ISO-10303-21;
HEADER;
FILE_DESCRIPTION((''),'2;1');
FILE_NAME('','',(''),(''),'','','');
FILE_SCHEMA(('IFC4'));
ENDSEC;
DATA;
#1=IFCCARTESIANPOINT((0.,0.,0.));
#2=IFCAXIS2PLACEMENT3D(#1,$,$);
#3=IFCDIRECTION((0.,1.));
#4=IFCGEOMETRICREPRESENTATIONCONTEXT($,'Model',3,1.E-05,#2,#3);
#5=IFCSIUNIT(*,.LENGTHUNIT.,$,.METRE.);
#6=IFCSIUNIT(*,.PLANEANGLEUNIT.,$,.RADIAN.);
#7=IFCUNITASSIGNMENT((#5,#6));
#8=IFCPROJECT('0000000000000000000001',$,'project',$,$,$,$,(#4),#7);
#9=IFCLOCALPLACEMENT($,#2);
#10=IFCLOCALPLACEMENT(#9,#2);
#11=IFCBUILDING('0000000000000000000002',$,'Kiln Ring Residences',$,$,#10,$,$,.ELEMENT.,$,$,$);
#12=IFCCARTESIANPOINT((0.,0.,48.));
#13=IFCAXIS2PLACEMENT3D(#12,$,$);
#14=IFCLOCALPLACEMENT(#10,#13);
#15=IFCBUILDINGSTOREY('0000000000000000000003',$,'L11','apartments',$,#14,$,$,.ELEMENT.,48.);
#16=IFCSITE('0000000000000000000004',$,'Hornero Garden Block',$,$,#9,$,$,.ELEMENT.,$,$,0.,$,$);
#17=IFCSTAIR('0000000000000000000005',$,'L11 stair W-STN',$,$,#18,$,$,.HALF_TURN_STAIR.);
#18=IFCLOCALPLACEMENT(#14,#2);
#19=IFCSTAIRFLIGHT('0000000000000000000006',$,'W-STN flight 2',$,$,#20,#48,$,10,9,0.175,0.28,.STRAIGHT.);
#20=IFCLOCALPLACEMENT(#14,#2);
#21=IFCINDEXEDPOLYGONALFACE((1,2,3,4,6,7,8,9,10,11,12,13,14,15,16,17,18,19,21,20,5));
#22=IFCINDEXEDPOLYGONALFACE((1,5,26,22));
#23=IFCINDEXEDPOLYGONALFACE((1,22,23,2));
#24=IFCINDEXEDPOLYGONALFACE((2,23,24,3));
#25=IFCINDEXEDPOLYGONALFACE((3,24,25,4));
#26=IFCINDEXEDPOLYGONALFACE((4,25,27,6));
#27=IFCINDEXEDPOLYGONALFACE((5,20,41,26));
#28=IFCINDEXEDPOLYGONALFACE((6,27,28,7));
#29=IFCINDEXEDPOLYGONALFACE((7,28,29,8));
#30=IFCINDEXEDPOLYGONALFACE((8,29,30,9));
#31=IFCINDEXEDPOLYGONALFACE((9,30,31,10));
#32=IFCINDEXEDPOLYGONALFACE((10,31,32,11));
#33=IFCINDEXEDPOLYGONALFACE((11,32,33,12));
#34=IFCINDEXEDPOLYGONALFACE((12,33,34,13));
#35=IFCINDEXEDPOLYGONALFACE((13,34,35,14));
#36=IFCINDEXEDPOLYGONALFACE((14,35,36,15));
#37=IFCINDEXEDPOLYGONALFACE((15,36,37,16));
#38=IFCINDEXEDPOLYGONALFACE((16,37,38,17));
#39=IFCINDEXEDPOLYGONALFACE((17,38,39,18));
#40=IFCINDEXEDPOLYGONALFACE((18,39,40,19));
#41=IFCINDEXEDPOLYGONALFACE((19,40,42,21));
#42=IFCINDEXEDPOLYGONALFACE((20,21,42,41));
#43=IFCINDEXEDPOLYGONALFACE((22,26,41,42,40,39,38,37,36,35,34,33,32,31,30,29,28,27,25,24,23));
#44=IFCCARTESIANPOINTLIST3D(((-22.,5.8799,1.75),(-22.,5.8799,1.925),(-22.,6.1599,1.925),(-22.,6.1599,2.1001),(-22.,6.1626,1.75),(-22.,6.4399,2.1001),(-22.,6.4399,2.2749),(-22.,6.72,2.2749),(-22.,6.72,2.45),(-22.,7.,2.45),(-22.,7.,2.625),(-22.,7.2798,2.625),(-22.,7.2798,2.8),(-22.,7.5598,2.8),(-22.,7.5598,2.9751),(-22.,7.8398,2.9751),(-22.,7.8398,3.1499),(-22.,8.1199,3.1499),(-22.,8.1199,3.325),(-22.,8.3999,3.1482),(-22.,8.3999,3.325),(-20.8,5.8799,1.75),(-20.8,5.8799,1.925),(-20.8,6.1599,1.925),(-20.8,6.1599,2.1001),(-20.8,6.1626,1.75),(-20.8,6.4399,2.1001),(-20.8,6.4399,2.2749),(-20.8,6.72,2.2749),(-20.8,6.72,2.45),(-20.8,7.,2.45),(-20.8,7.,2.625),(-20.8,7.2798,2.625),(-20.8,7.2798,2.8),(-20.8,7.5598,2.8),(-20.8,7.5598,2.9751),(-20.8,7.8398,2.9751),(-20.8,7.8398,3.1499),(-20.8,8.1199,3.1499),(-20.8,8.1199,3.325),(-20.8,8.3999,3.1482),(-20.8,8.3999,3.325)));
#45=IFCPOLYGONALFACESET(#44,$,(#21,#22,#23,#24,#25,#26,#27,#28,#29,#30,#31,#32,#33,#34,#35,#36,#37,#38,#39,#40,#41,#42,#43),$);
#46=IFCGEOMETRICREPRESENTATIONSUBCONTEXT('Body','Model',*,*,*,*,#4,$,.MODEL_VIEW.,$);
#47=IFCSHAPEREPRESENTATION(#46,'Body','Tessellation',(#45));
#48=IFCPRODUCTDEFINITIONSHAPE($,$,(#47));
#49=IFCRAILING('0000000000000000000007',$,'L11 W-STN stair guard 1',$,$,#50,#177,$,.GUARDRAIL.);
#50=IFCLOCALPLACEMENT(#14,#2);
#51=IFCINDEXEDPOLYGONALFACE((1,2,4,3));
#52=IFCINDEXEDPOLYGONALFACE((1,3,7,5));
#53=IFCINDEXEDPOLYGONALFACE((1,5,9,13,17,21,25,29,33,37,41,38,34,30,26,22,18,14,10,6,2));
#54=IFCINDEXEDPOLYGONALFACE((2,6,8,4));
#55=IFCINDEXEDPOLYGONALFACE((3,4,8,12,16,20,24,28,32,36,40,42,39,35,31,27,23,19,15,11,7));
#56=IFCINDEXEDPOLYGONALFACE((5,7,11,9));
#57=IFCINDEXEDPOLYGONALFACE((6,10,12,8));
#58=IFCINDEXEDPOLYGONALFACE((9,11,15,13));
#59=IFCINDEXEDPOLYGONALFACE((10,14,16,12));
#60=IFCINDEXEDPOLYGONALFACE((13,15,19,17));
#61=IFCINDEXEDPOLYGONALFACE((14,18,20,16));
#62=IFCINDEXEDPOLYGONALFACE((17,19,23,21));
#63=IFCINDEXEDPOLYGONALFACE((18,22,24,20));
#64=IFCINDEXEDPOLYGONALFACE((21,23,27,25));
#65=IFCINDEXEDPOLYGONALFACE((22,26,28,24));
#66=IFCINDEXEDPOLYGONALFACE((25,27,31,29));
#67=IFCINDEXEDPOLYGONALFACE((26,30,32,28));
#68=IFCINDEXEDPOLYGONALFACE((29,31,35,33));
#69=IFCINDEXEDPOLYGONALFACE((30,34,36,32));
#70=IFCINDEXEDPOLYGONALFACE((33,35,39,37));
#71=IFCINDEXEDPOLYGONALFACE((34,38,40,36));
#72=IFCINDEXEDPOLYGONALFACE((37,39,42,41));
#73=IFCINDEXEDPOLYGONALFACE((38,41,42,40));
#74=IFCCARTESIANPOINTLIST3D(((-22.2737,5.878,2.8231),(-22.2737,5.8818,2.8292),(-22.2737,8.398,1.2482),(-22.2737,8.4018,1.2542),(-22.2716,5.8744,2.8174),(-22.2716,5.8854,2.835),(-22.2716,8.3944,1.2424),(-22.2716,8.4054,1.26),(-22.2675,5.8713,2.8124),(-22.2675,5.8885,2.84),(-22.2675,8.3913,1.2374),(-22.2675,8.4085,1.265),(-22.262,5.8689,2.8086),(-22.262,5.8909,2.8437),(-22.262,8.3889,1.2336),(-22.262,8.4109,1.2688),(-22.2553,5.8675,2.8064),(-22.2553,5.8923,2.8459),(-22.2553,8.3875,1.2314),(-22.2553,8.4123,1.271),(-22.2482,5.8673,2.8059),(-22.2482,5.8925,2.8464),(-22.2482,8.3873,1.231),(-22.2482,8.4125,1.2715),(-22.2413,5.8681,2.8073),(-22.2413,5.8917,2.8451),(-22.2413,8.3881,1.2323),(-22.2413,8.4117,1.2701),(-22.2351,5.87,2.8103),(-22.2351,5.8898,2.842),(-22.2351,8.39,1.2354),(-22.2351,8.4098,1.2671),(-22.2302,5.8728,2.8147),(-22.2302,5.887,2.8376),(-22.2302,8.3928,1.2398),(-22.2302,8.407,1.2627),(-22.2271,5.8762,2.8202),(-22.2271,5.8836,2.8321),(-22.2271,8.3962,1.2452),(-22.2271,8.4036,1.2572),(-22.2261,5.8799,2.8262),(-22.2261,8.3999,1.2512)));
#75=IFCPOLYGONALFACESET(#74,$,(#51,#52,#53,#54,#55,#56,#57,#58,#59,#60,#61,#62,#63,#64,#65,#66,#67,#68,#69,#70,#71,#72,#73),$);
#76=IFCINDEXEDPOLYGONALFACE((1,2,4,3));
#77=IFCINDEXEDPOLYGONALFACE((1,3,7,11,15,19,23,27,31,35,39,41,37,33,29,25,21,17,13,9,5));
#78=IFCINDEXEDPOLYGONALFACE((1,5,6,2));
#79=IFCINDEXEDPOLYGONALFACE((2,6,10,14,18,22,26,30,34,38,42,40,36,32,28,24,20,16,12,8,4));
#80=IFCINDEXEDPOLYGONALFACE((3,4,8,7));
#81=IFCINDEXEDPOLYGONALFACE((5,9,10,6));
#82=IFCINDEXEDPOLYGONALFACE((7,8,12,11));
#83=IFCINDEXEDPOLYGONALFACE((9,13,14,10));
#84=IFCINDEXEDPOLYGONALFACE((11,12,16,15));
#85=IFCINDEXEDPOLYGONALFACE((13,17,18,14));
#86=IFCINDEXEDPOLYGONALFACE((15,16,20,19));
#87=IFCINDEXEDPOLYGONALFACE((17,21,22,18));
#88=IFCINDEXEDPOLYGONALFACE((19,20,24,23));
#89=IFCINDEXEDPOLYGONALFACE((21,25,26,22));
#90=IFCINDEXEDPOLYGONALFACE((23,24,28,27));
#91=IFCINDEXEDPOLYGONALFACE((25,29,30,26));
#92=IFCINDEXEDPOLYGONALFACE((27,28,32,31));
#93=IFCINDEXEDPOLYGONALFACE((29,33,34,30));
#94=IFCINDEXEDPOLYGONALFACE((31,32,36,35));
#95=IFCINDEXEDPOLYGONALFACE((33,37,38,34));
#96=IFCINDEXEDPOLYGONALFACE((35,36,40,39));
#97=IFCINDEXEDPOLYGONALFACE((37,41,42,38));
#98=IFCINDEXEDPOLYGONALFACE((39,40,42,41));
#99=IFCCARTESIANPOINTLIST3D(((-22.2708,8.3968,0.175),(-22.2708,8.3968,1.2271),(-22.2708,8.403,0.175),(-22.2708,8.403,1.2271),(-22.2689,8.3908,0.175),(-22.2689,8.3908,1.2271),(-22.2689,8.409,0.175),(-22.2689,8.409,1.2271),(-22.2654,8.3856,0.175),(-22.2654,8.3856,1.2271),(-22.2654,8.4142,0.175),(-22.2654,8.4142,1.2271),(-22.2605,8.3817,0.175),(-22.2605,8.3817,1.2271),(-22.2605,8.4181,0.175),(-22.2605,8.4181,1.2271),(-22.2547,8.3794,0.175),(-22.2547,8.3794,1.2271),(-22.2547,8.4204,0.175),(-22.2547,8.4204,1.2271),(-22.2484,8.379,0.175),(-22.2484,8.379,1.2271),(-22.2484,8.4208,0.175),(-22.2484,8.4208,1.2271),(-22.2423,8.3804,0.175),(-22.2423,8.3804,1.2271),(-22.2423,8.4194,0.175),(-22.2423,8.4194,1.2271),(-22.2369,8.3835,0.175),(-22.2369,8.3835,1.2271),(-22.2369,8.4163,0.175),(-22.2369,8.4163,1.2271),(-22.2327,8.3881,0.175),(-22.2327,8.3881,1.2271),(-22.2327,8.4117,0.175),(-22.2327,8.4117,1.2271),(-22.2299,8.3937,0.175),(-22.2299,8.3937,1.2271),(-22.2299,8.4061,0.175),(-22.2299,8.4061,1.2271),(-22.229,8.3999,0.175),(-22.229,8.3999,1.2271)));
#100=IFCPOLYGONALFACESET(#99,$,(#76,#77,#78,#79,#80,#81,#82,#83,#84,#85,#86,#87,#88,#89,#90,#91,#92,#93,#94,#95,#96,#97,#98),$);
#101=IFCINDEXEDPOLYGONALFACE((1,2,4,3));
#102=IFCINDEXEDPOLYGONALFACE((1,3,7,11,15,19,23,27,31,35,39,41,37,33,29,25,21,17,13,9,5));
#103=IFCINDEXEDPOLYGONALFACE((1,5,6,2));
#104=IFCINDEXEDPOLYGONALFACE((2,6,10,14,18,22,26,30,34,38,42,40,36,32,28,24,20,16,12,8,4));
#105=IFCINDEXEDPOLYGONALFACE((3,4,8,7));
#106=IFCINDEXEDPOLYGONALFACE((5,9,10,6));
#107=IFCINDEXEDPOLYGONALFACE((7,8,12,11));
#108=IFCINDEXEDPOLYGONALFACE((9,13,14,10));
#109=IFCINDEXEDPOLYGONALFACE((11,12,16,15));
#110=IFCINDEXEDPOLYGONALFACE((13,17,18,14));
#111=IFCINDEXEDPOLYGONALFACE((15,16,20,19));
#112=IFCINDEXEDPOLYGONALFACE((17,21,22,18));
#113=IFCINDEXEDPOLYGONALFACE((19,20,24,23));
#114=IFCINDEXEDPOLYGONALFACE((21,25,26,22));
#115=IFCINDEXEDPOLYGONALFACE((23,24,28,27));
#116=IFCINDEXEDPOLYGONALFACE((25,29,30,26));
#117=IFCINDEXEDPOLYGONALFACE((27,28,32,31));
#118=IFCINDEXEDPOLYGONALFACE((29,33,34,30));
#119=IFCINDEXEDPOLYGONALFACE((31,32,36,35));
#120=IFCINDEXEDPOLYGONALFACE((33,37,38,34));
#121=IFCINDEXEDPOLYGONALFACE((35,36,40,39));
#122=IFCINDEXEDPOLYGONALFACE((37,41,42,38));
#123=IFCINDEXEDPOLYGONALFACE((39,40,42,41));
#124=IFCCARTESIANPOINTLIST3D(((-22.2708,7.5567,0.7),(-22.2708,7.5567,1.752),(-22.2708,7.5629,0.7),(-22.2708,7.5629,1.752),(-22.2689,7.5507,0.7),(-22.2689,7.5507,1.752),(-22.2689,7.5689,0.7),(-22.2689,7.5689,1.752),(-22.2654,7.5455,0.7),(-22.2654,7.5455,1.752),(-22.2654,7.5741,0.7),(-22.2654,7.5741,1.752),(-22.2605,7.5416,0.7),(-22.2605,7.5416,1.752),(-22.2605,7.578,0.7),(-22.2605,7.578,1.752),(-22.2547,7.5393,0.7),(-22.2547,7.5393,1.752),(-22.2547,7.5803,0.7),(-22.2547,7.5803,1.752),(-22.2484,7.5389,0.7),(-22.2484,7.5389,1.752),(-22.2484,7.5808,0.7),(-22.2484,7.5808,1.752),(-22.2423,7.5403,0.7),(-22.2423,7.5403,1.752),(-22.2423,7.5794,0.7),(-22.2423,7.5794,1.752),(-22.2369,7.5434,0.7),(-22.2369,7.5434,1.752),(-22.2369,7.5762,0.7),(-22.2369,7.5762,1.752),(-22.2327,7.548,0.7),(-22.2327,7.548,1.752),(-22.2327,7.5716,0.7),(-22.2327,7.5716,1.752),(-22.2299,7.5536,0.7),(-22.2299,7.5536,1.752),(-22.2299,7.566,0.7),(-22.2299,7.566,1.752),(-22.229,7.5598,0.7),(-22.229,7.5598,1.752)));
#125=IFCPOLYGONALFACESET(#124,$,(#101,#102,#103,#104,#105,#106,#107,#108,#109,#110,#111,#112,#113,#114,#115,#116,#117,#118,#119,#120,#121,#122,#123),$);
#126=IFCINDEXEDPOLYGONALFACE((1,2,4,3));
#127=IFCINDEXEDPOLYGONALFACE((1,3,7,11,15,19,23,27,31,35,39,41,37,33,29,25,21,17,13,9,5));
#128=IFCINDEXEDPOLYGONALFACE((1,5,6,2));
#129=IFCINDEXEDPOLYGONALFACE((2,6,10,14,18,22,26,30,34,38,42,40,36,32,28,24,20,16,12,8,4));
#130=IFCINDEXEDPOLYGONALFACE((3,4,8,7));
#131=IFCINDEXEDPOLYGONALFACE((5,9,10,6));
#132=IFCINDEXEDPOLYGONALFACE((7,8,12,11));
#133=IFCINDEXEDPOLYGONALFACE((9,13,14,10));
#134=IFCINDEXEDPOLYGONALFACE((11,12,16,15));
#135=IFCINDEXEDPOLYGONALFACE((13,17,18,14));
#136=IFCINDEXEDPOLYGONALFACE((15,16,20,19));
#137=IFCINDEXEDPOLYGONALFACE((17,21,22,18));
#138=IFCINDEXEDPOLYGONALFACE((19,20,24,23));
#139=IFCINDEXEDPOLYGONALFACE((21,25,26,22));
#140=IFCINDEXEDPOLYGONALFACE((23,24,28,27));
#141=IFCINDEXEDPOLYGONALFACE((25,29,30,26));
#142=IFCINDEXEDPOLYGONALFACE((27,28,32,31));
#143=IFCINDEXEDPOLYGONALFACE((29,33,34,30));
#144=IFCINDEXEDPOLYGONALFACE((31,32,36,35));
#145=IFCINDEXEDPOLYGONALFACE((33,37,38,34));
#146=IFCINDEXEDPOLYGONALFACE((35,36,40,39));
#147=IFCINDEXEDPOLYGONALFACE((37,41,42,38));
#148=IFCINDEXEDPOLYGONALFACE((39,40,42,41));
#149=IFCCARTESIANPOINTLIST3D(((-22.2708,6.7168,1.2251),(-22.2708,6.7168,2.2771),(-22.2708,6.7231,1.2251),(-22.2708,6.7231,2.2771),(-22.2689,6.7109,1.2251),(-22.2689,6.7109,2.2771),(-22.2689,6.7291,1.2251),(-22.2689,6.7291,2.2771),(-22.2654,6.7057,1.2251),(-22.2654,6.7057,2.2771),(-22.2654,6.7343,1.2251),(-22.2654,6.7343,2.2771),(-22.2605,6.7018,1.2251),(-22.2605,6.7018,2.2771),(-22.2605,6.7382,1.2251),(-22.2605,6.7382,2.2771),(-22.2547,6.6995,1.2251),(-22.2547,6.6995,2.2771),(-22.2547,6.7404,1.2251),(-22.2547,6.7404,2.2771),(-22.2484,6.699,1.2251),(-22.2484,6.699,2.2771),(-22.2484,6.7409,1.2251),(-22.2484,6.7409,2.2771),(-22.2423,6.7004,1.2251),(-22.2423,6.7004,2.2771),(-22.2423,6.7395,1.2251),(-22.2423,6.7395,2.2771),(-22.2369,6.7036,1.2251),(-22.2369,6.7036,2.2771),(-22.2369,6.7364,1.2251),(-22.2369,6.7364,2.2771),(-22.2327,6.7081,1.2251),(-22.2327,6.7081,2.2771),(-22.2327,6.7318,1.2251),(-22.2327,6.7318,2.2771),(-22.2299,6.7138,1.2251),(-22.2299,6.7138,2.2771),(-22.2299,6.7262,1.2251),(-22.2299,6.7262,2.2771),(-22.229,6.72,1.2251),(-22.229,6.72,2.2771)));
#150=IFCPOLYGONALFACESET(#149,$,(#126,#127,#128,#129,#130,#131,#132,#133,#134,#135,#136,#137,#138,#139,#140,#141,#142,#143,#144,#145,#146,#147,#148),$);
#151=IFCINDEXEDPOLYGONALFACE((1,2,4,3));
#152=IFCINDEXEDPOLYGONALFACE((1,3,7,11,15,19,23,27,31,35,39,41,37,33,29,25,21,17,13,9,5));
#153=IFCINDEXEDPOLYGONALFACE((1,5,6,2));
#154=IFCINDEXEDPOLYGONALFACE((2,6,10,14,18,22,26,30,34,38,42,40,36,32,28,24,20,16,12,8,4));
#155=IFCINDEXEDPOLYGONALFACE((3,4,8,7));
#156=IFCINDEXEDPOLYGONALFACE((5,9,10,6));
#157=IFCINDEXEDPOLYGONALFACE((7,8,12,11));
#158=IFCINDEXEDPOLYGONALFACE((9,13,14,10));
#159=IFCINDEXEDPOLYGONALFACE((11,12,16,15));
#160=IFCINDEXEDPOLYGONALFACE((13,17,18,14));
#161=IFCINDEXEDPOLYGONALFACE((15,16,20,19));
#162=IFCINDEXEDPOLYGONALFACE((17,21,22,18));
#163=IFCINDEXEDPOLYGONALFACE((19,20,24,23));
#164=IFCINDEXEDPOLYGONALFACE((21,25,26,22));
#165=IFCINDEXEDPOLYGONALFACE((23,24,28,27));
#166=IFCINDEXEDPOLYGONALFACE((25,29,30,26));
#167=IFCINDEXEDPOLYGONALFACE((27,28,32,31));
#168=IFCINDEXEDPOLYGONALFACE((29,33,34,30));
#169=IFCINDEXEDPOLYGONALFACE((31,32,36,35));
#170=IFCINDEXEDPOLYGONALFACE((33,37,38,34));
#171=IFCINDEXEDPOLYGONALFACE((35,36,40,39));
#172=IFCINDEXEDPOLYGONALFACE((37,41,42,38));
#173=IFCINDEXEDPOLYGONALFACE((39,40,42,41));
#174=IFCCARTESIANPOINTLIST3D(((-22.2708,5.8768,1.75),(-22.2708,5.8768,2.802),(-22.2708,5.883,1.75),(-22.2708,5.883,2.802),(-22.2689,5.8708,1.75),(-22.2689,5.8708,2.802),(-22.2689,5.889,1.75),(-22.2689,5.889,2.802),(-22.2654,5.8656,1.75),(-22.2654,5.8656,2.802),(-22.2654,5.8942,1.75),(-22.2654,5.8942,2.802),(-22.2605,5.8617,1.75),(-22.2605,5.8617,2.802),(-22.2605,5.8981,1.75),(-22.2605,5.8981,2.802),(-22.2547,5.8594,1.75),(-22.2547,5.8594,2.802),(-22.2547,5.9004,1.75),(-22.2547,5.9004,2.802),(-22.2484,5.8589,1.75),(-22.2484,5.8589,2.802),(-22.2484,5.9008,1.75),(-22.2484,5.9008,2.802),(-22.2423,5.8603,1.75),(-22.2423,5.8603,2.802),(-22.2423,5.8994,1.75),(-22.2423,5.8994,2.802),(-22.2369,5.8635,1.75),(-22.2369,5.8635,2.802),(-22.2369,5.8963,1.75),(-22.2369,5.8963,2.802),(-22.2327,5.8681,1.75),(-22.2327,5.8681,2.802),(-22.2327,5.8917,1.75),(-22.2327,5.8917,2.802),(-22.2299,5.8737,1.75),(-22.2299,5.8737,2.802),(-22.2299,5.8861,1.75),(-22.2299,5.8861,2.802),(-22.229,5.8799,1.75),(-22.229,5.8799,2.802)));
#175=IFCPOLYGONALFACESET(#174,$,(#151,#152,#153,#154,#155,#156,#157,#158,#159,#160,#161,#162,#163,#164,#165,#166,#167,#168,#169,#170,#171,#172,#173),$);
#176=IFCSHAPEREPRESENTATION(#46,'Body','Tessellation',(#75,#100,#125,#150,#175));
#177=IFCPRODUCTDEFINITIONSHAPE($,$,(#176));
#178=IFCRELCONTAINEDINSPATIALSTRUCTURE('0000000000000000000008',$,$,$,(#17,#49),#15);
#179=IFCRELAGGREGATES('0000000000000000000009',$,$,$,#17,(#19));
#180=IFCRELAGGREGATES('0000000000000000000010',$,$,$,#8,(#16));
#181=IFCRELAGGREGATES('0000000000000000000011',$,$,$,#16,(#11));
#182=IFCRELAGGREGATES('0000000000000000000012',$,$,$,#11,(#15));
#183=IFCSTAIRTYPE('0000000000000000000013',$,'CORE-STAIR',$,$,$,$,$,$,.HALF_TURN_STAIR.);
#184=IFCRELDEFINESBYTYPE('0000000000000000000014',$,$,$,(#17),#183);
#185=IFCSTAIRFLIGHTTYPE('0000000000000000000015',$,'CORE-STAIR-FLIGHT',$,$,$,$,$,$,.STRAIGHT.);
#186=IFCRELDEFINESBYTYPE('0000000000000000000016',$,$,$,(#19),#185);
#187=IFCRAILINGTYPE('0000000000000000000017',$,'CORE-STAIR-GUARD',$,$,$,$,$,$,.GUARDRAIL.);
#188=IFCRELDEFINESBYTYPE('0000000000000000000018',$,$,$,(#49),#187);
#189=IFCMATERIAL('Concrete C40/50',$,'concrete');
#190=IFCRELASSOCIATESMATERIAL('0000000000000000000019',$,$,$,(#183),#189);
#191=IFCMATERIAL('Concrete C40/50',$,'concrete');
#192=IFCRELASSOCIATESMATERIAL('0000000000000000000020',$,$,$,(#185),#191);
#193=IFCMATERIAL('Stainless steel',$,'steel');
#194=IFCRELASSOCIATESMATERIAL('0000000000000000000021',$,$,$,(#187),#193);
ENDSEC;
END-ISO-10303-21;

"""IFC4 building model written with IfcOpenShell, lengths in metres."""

from ifc_helpers import new_model, si_unit, direction, frame, origin, origin_2d, place, context, subcontext, project, spatial, polyline, circle, outline, extrude, material, type_object, element, aggregate, save


model = new_model("IFC4")

# Units and contexts
model_context = context("Model", 3, precision=1e-05, world=origin(), true_north=direction((0.0, 1.0)))
body_context = subcontext(model_context, "Body", "Model", "MODEL_VIEW")
ifc_project = project(units=[si_unit("LENGTHUNIT", "METRE"), si_unit("PLANEANGLEUNIT", "RADIAN")], contexts=[model_context])

# Site, building, storey
site_placement = place(None, origin())
site = spatial("IfcSite", under=ifc_project, at=site_placement, Name="Hornero Garden Block", CompositionType="ELEMENT", RefElevation=0.0)
building_placement = place(site_placement, origin())
building = spatial("IfcBuilding", under=site, at=building_placement, Name="Kiln Ring Residences", CompositionType="ELEMENT")
storey_placement = place(building_placement, frame((0.0, 0.0, 48.0)))
storey = spatial("IfcBuildingStorey", under=building, at=storey_placement, Name="L11", Description="apartments", CompositionType="ELEMENT", Elevation=48.0)

# Stair, stair flight
ifc_material_1 = material(Name="Concrete C40/50", Category="concrete")
stair_type = type_object("IfcStairType", Name="CORE-STAIR", PredefinedType="HALF_TURN_STAIR", material=ifc_material_1)
stair_placement = place(storey_placement, origin())
stair = element("IfcStair", 1, at=stair_placement, inside=storey, type_object=stair_type, Name="L11 stair W-STN", PredefinedType="HALF_TURN_STAIR")
ifc_material_2 = material(Name="Concrete C40/50", Category="concrete")
stair_flight_type = type_object("IfcStairFlightType", Name="CORE-STAIR-FLIGHT", PredefinedType="STRAIGHT", material=ifc_material_2)
stair_flight_1_placement = place(storey_placement, frame((-21.3999, 5.8799, 1.75), z_axis=(0.0, 0.0, 1.0), x_axis=(0.0, 1.0, 0.0)))
stair_flight_1 = element("IfcStairFlight", 2, at=stair_flight_1_placement, type_object=stair_flight_type, Name="W-STN flight 2", NumberOfRisers=10, NumberOfTreads=9, PredefinedType="STRAIGHT", RiserHeight=0.175, TreadLength=0.28, context=body_context, shape_type="SweptSolid", body=[
    extrude(outline(polyline([(0.0, 0.0), (0.0, 0.175), (0.28, 0.175), (0.28, 0.3501), (0.5601, 0.3501), (0.5601, 0.5249), (0.8401, 0.5249), (0.8401, 0.7), (1.1201, 0.7), (1.1201, 0.875), (1.3999, 0.875), (1.3999, 1.05), (1.6799, 1.05), (1.6799, 1.2251), (1.96, 1.2251), (1.96, 1.3999), (2.24, 1.3999), (2.24, 1.575), (2.52, 1.575), (2.52, 1.75), (2.52, 1.3982), (0.2827, 0.0), (0.0, 0.0)])), frame((0.0, 0.6001, 0.0), z_axis=(0.0, -1.0, 0.0), x_axis=(1.0, 0.0, 0.0)), (0.0, 0.0, 1.0), 1.2),
])
aggregate(stair, [stair_flight_1])

# Railing
ifc_material_3 = material(Name="Stainless steel", Category="steel")
railing_type_1 = type_object("IfcRailingType", Name="CORE-STAIR-GUARD", PredefinedType="GUARDRAIL", material=ifc_material_3)
railing_1_placement = place(storey_placement, frame((-22.25, 8.3999, 0.175)))
element("IfcRailing", 3, at=railing_1_placement, inside=storey, type_object=railing_type_1, Name="L11 W-STN stair guard 1", PredefinedType="GUARDRAIL", context=body_context, shape_type="SweptSolid", body=[
    extrude(circle(Radius=0.0239, at=origin_2d()), frame((0.0, 0.0, 1.0762), z_axis=(0.0, -0.848008, 0.529984), x_axis=(1.0, 0.0, 0.0)), (0.0, 0.0, 1.0), 2.9717),
    extrude(circle(Radius=0.021, at=origin_2d()), origin(), (0.0, 0.0, 1.0), 1.052),
    extrude(circle(Radius=0.021, at=origin_2d()), frame((0.0, -0.8401, 0.5249)), (0.0, 0.0, 1.0), 1.052),
    extrude(circle(Radius=0.021, at=origin_2d()), frame((0.0, -1.6799, 1.05)), (0.0, 0.0, 1.0), 1.052),
    extrude(circle(Radius=0.021, at=origin_2d()), frame((0.0, -2.52, 1.575)), (0.0, 0.0, 1.0), 1.052),
])

save(model, "model.ifc")
